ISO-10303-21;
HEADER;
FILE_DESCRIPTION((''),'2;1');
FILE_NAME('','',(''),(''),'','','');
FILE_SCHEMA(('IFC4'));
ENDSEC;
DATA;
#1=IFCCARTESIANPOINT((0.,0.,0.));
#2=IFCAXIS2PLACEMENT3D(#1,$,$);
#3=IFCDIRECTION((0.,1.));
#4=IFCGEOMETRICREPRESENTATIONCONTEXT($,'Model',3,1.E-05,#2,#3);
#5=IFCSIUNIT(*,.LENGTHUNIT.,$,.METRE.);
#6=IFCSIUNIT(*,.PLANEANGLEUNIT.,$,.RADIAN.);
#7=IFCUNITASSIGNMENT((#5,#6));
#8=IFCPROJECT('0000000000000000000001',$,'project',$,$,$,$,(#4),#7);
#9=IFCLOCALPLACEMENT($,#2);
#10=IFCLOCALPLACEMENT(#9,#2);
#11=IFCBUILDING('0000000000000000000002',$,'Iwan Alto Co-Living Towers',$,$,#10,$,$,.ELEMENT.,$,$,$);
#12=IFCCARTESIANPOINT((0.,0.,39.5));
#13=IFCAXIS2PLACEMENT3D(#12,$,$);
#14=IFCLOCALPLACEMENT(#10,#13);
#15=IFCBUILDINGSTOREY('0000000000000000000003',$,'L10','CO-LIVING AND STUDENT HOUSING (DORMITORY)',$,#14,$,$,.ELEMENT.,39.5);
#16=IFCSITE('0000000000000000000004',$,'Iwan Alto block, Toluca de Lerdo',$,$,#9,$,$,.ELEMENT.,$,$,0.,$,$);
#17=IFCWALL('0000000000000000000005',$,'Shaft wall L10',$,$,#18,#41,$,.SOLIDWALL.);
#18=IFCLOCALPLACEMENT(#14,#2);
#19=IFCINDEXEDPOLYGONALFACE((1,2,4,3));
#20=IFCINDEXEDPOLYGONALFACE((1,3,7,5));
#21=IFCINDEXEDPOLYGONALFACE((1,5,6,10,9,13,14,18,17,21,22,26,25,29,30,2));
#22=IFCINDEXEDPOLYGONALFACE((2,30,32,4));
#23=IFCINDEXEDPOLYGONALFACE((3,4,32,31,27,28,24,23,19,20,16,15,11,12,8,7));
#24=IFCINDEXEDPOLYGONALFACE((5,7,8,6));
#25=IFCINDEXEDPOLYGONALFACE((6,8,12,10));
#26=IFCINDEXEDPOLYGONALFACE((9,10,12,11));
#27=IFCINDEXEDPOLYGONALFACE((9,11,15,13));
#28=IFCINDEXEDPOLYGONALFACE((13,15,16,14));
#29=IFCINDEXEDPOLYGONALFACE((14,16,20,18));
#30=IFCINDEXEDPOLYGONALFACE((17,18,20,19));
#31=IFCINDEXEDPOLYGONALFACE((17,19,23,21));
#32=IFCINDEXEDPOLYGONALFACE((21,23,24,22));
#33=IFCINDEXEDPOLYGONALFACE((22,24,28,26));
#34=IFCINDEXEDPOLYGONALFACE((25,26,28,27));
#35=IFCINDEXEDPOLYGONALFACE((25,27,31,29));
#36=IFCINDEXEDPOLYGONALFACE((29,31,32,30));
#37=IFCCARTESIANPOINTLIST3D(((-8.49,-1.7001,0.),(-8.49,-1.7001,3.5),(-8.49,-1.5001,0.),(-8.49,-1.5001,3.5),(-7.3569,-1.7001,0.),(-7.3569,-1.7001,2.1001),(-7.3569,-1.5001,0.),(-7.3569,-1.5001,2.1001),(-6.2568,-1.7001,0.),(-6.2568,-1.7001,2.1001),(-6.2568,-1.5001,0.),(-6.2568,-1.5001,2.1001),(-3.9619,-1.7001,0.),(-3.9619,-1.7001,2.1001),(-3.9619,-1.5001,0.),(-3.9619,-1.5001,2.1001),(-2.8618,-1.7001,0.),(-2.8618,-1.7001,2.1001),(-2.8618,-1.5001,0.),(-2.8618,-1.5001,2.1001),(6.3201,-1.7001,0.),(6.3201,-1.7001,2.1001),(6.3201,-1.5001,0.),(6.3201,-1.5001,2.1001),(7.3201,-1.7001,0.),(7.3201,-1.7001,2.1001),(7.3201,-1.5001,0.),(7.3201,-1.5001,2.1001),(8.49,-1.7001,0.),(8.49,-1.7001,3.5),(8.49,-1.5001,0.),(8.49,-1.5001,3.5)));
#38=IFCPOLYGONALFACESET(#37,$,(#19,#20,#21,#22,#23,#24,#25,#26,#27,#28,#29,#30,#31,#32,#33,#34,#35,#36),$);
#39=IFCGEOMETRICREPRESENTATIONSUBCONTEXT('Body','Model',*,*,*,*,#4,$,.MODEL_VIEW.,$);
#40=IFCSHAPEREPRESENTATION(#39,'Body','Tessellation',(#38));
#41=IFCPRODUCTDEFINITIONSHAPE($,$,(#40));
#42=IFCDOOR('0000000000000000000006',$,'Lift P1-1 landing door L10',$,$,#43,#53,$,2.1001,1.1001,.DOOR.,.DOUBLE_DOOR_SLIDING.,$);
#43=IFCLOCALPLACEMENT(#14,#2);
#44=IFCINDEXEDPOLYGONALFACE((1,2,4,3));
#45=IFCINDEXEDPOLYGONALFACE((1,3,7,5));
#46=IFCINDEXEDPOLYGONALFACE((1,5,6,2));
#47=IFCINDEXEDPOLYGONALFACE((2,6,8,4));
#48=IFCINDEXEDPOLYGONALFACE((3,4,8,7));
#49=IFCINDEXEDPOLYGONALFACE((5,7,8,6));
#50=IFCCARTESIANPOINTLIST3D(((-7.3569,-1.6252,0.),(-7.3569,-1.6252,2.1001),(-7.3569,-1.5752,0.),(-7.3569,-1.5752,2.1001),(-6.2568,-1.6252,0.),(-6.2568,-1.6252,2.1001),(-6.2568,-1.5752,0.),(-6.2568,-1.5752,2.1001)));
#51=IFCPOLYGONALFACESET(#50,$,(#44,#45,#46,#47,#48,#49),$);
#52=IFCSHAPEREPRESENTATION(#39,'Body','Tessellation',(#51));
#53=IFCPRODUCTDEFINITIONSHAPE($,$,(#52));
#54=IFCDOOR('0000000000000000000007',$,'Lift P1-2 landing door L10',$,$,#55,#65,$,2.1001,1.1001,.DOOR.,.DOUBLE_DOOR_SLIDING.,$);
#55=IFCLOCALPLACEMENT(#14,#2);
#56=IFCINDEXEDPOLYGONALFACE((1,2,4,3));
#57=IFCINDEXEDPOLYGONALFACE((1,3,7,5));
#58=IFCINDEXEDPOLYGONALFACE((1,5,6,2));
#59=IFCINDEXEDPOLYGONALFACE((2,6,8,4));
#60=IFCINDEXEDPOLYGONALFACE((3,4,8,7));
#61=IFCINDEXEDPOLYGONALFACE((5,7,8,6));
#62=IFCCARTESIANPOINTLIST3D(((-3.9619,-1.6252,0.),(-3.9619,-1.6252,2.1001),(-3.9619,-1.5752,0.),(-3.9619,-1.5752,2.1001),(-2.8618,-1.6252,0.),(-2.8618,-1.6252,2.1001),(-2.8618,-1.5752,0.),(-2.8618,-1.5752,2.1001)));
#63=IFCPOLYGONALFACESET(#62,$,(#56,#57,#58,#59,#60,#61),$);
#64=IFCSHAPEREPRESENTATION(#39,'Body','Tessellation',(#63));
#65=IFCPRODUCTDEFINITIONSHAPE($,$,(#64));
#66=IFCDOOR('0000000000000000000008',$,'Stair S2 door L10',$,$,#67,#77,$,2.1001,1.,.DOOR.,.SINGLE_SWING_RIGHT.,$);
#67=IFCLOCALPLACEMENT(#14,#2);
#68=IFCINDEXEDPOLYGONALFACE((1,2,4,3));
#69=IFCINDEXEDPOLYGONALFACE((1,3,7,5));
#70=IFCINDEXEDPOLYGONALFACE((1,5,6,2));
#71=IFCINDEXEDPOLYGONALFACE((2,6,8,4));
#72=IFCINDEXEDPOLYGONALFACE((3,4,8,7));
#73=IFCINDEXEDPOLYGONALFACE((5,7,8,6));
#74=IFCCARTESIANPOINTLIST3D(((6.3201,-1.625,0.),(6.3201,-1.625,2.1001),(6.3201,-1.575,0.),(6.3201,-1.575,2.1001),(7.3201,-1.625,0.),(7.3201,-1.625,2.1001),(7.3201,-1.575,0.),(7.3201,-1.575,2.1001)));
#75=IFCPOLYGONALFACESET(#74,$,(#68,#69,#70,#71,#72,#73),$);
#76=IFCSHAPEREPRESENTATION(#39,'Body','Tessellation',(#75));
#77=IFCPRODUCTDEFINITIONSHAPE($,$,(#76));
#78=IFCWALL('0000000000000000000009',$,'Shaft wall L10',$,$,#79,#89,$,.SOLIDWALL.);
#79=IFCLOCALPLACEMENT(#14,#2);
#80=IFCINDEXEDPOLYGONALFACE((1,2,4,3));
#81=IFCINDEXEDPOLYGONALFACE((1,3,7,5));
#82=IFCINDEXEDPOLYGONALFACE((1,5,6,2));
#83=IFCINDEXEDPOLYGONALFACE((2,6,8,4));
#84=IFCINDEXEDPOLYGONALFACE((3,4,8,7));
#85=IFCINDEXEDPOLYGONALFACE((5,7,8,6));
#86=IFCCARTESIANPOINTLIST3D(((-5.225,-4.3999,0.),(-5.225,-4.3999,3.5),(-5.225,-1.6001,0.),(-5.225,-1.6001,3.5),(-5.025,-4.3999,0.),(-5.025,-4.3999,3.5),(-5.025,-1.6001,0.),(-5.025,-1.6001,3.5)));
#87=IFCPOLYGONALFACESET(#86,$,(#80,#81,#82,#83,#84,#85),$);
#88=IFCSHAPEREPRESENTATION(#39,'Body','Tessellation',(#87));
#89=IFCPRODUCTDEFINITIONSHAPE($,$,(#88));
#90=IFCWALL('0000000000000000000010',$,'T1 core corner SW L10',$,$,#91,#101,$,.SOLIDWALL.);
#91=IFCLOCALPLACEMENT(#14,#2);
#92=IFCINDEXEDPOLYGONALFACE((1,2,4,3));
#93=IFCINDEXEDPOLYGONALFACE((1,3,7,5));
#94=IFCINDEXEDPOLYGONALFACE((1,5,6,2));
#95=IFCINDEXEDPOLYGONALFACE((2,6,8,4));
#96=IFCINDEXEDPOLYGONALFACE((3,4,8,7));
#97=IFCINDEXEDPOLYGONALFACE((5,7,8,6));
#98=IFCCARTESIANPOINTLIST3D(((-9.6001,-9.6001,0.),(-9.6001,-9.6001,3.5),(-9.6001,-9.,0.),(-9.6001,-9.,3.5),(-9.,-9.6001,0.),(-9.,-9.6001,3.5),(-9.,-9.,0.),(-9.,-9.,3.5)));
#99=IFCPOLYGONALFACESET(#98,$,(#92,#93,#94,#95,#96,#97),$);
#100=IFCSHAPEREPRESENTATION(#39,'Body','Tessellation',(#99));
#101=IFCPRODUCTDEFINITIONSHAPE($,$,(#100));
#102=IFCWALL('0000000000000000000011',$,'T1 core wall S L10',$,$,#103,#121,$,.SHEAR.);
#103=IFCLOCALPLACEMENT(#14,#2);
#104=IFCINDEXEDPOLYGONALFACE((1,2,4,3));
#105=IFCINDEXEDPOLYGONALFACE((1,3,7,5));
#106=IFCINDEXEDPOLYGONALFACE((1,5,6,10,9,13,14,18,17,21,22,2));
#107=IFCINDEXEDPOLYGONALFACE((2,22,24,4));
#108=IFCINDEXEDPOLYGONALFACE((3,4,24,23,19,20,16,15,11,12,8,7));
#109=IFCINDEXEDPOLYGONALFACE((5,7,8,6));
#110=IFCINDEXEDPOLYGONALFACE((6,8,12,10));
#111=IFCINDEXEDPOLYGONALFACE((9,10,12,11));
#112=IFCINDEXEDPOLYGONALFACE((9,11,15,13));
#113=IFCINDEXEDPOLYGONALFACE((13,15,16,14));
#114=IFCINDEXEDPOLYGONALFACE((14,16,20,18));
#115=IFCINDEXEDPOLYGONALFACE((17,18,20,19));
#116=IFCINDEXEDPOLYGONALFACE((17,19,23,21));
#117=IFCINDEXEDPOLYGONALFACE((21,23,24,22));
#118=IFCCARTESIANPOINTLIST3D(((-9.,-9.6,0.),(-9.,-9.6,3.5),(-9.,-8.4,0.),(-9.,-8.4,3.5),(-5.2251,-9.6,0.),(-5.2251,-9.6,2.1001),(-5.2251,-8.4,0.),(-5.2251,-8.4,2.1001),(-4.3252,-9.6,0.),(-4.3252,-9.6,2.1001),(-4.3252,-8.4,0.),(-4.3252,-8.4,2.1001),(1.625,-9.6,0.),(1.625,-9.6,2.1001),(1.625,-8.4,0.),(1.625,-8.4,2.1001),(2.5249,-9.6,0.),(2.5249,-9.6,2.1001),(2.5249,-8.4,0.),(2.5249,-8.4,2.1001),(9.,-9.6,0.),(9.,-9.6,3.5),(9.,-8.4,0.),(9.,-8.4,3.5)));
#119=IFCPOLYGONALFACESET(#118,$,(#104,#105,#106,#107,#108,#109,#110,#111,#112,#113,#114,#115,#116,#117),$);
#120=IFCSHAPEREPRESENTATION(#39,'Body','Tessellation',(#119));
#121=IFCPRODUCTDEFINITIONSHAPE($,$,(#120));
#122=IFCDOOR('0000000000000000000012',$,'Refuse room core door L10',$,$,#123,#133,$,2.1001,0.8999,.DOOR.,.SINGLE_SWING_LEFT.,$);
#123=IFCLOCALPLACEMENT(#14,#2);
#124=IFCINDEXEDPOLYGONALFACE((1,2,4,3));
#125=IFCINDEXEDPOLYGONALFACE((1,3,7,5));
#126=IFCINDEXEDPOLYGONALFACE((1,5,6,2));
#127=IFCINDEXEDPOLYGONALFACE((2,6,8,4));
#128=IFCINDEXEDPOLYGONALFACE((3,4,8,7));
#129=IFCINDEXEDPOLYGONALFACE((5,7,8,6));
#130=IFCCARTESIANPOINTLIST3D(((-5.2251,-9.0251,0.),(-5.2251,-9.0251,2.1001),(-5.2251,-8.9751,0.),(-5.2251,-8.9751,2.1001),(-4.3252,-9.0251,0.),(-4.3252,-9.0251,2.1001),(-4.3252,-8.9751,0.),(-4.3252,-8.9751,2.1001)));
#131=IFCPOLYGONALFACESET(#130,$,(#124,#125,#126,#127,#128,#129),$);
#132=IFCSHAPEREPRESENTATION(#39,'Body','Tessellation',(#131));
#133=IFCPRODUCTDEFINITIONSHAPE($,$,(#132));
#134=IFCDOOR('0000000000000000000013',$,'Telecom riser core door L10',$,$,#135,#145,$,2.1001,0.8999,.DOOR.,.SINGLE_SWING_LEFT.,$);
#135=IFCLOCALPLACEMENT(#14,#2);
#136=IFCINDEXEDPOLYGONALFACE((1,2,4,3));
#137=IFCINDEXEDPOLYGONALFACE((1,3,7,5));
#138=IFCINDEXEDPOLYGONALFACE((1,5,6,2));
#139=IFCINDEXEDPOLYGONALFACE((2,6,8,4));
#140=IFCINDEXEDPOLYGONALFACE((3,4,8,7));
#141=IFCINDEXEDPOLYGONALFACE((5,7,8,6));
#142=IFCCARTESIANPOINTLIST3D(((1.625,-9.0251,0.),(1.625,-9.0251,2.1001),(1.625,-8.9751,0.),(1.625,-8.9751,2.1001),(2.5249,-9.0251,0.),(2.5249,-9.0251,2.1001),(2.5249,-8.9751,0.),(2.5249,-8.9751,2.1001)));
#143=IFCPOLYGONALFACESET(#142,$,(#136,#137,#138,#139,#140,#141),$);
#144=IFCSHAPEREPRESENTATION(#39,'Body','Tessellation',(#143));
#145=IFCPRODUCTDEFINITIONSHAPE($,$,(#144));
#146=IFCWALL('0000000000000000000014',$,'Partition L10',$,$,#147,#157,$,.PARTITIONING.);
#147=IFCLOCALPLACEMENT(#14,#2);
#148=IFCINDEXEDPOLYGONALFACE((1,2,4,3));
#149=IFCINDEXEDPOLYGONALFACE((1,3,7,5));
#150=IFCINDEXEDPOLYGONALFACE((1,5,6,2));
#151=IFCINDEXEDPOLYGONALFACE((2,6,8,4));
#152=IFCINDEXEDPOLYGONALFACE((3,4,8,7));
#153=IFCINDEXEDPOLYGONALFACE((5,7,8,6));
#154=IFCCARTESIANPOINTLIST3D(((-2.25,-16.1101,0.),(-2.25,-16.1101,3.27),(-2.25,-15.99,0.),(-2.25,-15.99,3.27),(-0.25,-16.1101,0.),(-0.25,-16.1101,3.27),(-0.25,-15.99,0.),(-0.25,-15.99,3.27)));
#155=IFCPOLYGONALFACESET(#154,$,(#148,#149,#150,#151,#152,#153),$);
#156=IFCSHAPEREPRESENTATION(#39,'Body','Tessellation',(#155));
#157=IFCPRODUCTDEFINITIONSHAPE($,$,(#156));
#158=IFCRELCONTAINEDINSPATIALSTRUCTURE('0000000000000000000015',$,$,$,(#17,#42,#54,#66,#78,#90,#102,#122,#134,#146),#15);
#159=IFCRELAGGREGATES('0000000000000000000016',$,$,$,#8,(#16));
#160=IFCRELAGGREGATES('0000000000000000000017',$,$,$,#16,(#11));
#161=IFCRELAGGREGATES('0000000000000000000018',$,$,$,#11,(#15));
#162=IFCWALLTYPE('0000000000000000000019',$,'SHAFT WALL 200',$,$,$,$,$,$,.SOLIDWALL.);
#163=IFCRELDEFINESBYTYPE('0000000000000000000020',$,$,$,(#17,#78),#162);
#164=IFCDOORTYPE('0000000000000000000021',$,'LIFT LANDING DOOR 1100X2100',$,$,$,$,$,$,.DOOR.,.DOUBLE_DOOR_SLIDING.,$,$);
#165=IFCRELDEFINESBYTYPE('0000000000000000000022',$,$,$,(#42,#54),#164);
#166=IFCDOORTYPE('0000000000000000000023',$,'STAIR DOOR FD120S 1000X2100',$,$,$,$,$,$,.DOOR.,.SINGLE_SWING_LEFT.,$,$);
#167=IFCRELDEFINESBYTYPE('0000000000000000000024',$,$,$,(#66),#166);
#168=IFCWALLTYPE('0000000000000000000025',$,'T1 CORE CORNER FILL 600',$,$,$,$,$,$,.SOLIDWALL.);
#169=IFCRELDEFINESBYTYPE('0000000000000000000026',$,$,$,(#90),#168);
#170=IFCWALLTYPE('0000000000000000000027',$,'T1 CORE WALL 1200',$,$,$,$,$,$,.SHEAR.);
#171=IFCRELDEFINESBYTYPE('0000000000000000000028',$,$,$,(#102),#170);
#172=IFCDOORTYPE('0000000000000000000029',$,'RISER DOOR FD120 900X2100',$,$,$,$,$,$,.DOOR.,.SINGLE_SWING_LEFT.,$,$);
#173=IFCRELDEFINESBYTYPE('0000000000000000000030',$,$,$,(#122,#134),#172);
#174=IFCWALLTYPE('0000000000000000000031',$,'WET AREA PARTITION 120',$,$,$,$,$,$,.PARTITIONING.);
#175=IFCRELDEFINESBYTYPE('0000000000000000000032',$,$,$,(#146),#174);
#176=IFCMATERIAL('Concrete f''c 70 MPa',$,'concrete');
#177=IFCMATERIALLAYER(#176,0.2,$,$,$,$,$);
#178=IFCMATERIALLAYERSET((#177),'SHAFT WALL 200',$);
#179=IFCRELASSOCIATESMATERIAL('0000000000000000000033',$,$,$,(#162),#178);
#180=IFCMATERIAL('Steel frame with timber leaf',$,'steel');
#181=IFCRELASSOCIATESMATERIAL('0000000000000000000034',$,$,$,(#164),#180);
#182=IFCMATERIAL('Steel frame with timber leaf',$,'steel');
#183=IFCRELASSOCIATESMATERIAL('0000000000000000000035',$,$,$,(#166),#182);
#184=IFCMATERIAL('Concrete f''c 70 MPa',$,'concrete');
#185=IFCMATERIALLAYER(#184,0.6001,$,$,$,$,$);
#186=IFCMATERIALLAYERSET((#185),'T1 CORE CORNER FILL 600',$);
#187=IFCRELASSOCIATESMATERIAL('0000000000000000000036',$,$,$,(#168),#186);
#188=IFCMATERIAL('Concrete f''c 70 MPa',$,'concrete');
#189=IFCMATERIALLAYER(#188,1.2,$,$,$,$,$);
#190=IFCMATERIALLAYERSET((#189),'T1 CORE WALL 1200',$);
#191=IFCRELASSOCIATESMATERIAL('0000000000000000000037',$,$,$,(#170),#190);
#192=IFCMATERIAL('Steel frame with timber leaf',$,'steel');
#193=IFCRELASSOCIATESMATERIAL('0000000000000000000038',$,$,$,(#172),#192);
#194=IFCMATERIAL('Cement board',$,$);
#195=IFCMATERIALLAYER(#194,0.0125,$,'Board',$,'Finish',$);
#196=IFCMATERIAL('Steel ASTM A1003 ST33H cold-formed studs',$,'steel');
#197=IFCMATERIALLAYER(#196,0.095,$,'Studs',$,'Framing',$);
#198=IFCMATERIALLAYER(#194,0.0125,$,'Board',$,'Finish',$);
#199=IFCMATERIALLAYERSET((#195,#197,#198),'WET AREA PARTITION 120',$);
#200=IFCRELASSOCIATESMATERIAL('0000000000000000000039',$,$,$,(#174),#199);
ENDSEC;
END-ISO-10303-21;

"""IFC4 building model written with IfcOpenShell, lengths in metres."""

from ifc_helpers import new_model, si_unit, direction, frame, frame_2d, origin, place, context, subcontext, project, spatial, rectangle, extrude, material, layer, layer_set, type_object, element, fill, save


model = new_model("IFC4")

# Units and contexts
model_context = context("Model", 3, precision=1e-05, world=origin(), true_north=direction((0.0, 1.0)))
body_context = subcontext(model_context, "Body", "Model", "MODEL_VIEW")
ifc_project = project(units=[si_unit("LENGTHUNIT", "METRE"), si_unit("PLANEANGLEUNIT", "RADIAN")], contexts=[model_context])

# Site, building, storey
site_placement = place(None, origin())
site = spatial("IfcSite", under=ifc_project, at=site_placement, Name="Iwan Alto block, Toluca de Lerdo", CompositionType="ELEMENT", RefElevation=0.0)
building_placement = place(site_placement, origin())
building = spatial("IfcBuilding", under=site, at=building_placement, Name="Iwan Alto Co-Living Towers", CompositionType="ELEMENT")
storey_placement = place(building_placement, frame((0.0, 0.0, 39.5)))
storey = spatial("IfcBuildingStorey", under=building, at=storey_placement, Name="L10", Description="CO-LIVING AND STUDENT HOUSING (DORMITORY)", CompositionType="ELEMENT", Elevation=39.5)

# Shared definitions
ifc_material_1 = material(Name="Steel ASTM A1003 ST33H cold-formed studs", Category="steel")

# Shared definitions
ifc_material_2 = material(Name="Concrete f'c 70 MPa", Category="concrete")
ifc_layer_1 = layer(ifc_material_2, 0.2)
ifc_layer_set_1 = layer_set([ifc_layer_1], Name="SHAFT WALL 200")
wall_type_1 = type_object("IfcWallType", Name="SHAFT WALL 200", PredefinedType="SOLIDWALL", material=ifc_layer_set_1)

# Wall, openings, doors
wall_1_placement = place(storey_placement, frame((-8.49, -1.6001, 0.0), z_axis=(0.0, 0.0, 1.0), x_axis=(1.0, 0.0, 0.0)))
wall_1 = element("IfcWall", 1, at=wall_1_placement, inside=storey, type_object=wall_type_1, Name="Shaft wall L10", PredefinedType="SOLIDWALL", context=body_context, shape_type="SweptSolid", body=[
    extrude(rectangle(XDim=16.98, YDim=0.2, at=frame_2d((8.49, 0.0))), origin(), (0.0, 0.0, 1.0), 3.5),
])
opening_1_placement = place(wall_1_placement, frame((14.8101, 0.0, 0.0)))
opening_1 = element("IfcOpeningElement", 2, at=opening_1_placement, cuts=wall_1, PredefinedType="OPENING", context=body_context, shape_type="SweptSolid", body=[
    extrude(rectangle(XDim=1.0, YDim=2.1001, at=frame_2d((0.5, 1.05))), frame((0.0, 0.1099, 0.0), z_axis=(0.0, -1.0, 0.0), x_axis=(1.0, 0.0, 0.0)), (0.0, 0.0, 1.0), 0.22),
])
opening_2_placement = place(wall_1_placement, frame((1.1331, 0.0, 0.0)))
opening_2 = element("IfcOpeningElement", 3, at=opening_2_placement, cuts=wall_1, PredefinedType="OPENING", context=body_context, shape_type="SweptSolid", body=[
    extrude(rectangle(XDim=1.1001, YDim=2.1001, at=frame_2d((0.55, 1.05))), frame((0.0, 0.1099, 0.0), z_axis=(0.0, -1.0, 0.0), x_axis=(1.0, 0.0, 0.0)), (0.0, 0.0, 1.0), 0.22),
])
opening_3_placement = place(wall_1_placement, frame((4.5281, 0.0, 0.0)))
opening_3 = element("IfcOpeningElement", 4, at=opening_3_placement, cuts=wall_1, PredefinedType="OPENING", context=body_context, shape_type="SweptSolid", body=[
    extrude(rectangle(XDim=1.1001, YDim=2.1001, at=frame_2d((0.55, 1.05))), frame((0.0, 0.1099, 0.0), z_axis=(0.0, -1.0, 0.0), x_axis=(1.0, 0.0, 0.0)), (0.0, 0.0, 1.0), 0.22),
])
ifc_material_3 = material(Name="Steel frame with timber leaf", Category="steel")
door_type_1 = type_object("IfcDoorType", Name="LIFT LANDING DOOR 1100X2100", OperationType="DOUBLE_DOOR_SLIDING", PredefinedType="DOOR", material=ifc_material_3)
door_1_placement = place(opening_2_placement, origin())
door_1 = element("IfcDoor", 5, at=door_1_placement, inside=storey, type_object=door_type_1, Name="Lift P1-1 landing door L10", OperationType="DOUBLE_DOOR_SLIDING", OverallHeight=2.1001, OverallWidth=1.1001, PredefinedType="DOOR", context=body_context, shape_type="SweptSolid", body=[
    extrude(rectangle(XDim=1.1001, YDim=2.1001, at=frame_2d((0.55, 1.05))), frame((0.0, 0.0249, 0.0), z_axis=(0.0, -1.0, 0.0), x_axis=(1.0, 0.0, 0.0)), (0.0, 0.0, 1.0), 0.05),
])
fill(opening_2, door_1)
door_2_placement = place(opening_3_placement, origin())
door_2 = element("IfcDoor", 6, at=door_2_placement, inside=storey, type_object=door_type_1, Name="Lift P1-2 landing door L10", OperationType="DOUBLE_DOOR_SLIDING", OverallHeight=2.1001, OverallWidth=1.1001, PredefinedType="DOOR", context=body_context, shape_type="SweptSolid", body=[
    extrude(rectangle(XDim=1.1001, YDim=2.1001, at=frame_2d((0.55, 1.05))), frame((0.0, 0.0249, 0.0), z_axis=(0.0, -1.0, 0.0), x_axis=(1.0, 0.0, 0.0)), (0.0, 0.0, 1.0), 0.05),
])
fill(opening_3, door_2)
ifc_material_4 = material(Name="Steel frame with timber leaf", Category="steel")
door_type_2 = type_object("IfcDoorType", Name="STAIR DOOR FD120S 1000X2100", OperationType="SINGLE_SWING_LEFT", PredefinedType="DOOR", material=ifc_material_4)
door_3_placement = place(opening_1_placement, frame((1.0, 0.0, 0.0), z_axis=(0.0, 0.0, 1.0), x_axis=(-1.0, 0.0, 0.0)))
door_3 = element("IfcDoor", 7, at=door_3_placement, inside=storey, type_object=door_type_2, Name="Stair S2 door L10", OperationType="SINGLE_SWING_RIGHT", OverallHeight=2.1001, OverallWidth=1.0, PredefinedType="DOOR", context=body_context, shape_type="SweptSolid", body=[
    extrude(rectangle(XDim=1.0, YDim=2.1001, at=frame_2d((0.5, 1.05))), frame((0.0, 0.0249, 0.0), z_axis=(0.0, -1.0, 0.0), x_axis=(1.0, 0.0, 0.0)), (0.0, 0.0, 1.0), 0.05),
])
fill(opening_1, door_3)

# Walls
wall_2_placement = place(storey_placement, frame((-5.125, -4.3999, 0.0), z_axis=(0.0, 0.0, 1.0), x_axis=(0.0, 1.0, 0.0)))
element("IfcWall", 8, at=wall_2_placement, inside=storey, type_object=wall_type_1, Name="Shaft wall L10", PredefinedType="SOLIDWALL", context=body_context, shape_type="SweptSolid", body=[
    extrude(rectangle(XDim=2.7998, YDim=0.2, at=frame_2d((1.3999, 0.0))), origin(), (0.0, 0.0, 1.0), 3.5),
])
ifc_material_5 = material(Name="Concrete f'c 70 MPa", Category="concrete")
ifc_layer_2 = layer(ifc_material_5, 0.6001)
ifc_layer_set_2 = layer_set([ifc_layer_2], Name="T1 CORE CORNER FILL 600")
wall_type_2 = type_object("IfcWallType", Name="T1 CORE CORNER FILL 600", PredefinedType="SOLIDWALL", material=ifc_layer_set_2)
wall_3_placement = place(storey_placement, frame((-9.6001, -9.3, 0.0), z_axis=(0.0, 0.0, 1.0), x_axis=(1.0, 0.0, 0.0)))
element("IfcWall", 9, at=wall_3_placement, inside=storey, type_object=wall_type_2, Name="T1 core corner SW L10", PredefinedType="SOLIDWALL", context=body_context, shape_type="SweptSolid", body=[
    extrude(rectangle(XDim=0.6001, YDim=0.6001, at=frame_2d((0.3, 0.0))), origin(), (0.0, 0.0, 1.0), 3.5),
])

# Wall, openings, doors
ifc_material_6 = material(Name="Concrete f'c 70 MPa", Category="concrete")
ifc_layer_3 = layer(ifc_material_6, 1.2)
ifc_layer_set_3 = layer_set([ifc_layer_3], Name="T1 CORE WALL 1200")
wall_type_3 = type_object("IfcWallType", Name="T1 CORE WALL 1200", PredefinedType="SHEAR", material=ifc_layer_set_3)
wall_4_placement = place(storey_placement, frame((-9.0, -9.0, 0.0), z_axis=(0.0, 0.0, 1.0), x_axis=(1.0, 0.0, 0.0)))
wall_4 = element("IfcWall", 10, at=wall_4_placement, inside=storey, type_object=wall_type_3, Name="T1 core wall S L10", PredefinedType="SHEAR", context=body_context, shape_type="SweptSolid", body=[
    extrude(rectangle(XDim=18.0, YDim=1.2, at=frame_2d((9.0, 0.0))), origin(), (0.0, 0.0, 1.0), 3.5),
])
opening_4_placement = place(wall_4_placement, frame((3.7749, 0.0, 0.0)))
opening_4 = element("IfcOpeningElement", 11, at=opening_4_placement, cuts=wall_4, PredefinedType="OPENING", context=body_context, shape_type="SweptSolid", body=[
    extrude(rectangle(XDim=0.8999, YDim=2.1001, at=frame_2d((0.45, 1.05))), frame((0.0, 0.6099, 0.0), z_axis=(0.0, -1.0, 0.0), x_axis=(1.0, 0.0, 0.0)), (0.0, 0.0, 1.0), 1.22),
])
opening_5_placement = place(wall_4_placement, frame((10.625, 0.0, 0.0)))
opening_5 = element("IfcOpeningElement", 12, at=opening_5_placement, cuts=wall_4, PredefinedType="OPENING", context=body_context, shape_type="SweptSolid", body=[
    extrude(rectangle(XDim=0.8999, YDim=2.1001, at=frame_2d((0.45, 1.05))), frame((0.0, 0.6099, 0.0), z_axis=(0.0, -1.0, 0.0), x_axis=(1.0, 0.0, 0.0)), (0.0, 0.0, 1.0), 1.22),
])
ifc_material_7 = material(Name="Steel frame with timber leaf", Category="steel")
door_type_3 = type_object("IfcDoorType", Name="RISER DOOR FD120 900X2100", OperationType="SINGLE_SWING_LEFT", PredefinedType="DOOR", material=ifc_material_7)
door_4_placement = place(opening_4_placement, origin())
door_4 = element("IfcDoor", 13, at=door_4_placement, inside=storey, type_object=door_type_3, Name="Refuse room core door L10", OperationType="SINGLE_SWING_LEFT", OverallHeight=2.1001, OverallWidth=0.8999, PredefinedType="DOOR", context=body_context, shape_type="SweptSolid", body=[
    extrude(rectangle(XDim=0.8999, YDim=2.1001, at=frame_2d((0.45, 1.05))), frame((0.0, 0.0249, 0.0), z_axis=(0.0, -1.0, 0.0), x_axis=(1.0, 0.0, 0.0)), (0.0, 0.0, 1.0), 0.05),
])
fill(opening_4, door_4)
door_5_placement = place(opening_5_placement, origin())
door_5 = element("IfcDoor", 14, at=door_5_placement, inside=storey, type_object=door_type_3, Name="Telecom riser core door L10", OperationType="SINGLE_SWING_LEFT", OverallHeight=2.1001, OverallWidth=0.8999, PredefinedType="DOOR", context=body_context, shape_type="SweptSolid", body=[
    extrude(rectangle(XDim=0.8999, YDim=2.1001, at=frame_2d((0.45, 1.05))), frame((0.0, 0.0249, 0.0), z_axis=(0.0, -1.0, 0.0), x_axis=(1.0, 0.0, 0.0)), (0.0, 0.0, 1.0), 0.05),
])
fill(opening_5, door_5)

# Wall
ifc_material_8 = material(Name="Cement board")
ifc_layer_4 = layer(ifc_material_8, 0.0125, Name="Board", Category="Finish")
ifc_layer_5 = layer(ifc_material_1, 0.095, Name="Studs", Category="Framing")
ifc_layer_6 = layer(ifc_material_8, 0.0125, Name="Board", Category="Finish")
ifc_layer_set_4 = layer_set([ifc_layer_4, ifc_layer_5, ifc_layer_6], Name="WET AREA PARTITION 120")
wall_type_4 = type_object("IfcWallType", Name="WET AREA PARTITION 120", PredefinedType="PARTITIONING", material=ifc_layer_set_4)
wall_5_placement = place(storey_placement, frame((-2.25, -16.05, 0.0), z_axis=(0.0, 0.0, 1.0), x_axis=(1.0, 0.0, 0.0)))
element("IfcWall", 15, at=wall_5_placement, inside=storey, type_object=wall_type_4, Name="Partition L10", PredefinedType="PARTITIONING", context=body_context, shape_type="SweptSolid", body=[
    extrude(rectangle(XDim=2.0, YDim=0.1201, at=frame_2d((1.0, 0.0))), origin(), (0.0, 0.0, 1.0), 3.27),
])

save(model, "model.ifc")
